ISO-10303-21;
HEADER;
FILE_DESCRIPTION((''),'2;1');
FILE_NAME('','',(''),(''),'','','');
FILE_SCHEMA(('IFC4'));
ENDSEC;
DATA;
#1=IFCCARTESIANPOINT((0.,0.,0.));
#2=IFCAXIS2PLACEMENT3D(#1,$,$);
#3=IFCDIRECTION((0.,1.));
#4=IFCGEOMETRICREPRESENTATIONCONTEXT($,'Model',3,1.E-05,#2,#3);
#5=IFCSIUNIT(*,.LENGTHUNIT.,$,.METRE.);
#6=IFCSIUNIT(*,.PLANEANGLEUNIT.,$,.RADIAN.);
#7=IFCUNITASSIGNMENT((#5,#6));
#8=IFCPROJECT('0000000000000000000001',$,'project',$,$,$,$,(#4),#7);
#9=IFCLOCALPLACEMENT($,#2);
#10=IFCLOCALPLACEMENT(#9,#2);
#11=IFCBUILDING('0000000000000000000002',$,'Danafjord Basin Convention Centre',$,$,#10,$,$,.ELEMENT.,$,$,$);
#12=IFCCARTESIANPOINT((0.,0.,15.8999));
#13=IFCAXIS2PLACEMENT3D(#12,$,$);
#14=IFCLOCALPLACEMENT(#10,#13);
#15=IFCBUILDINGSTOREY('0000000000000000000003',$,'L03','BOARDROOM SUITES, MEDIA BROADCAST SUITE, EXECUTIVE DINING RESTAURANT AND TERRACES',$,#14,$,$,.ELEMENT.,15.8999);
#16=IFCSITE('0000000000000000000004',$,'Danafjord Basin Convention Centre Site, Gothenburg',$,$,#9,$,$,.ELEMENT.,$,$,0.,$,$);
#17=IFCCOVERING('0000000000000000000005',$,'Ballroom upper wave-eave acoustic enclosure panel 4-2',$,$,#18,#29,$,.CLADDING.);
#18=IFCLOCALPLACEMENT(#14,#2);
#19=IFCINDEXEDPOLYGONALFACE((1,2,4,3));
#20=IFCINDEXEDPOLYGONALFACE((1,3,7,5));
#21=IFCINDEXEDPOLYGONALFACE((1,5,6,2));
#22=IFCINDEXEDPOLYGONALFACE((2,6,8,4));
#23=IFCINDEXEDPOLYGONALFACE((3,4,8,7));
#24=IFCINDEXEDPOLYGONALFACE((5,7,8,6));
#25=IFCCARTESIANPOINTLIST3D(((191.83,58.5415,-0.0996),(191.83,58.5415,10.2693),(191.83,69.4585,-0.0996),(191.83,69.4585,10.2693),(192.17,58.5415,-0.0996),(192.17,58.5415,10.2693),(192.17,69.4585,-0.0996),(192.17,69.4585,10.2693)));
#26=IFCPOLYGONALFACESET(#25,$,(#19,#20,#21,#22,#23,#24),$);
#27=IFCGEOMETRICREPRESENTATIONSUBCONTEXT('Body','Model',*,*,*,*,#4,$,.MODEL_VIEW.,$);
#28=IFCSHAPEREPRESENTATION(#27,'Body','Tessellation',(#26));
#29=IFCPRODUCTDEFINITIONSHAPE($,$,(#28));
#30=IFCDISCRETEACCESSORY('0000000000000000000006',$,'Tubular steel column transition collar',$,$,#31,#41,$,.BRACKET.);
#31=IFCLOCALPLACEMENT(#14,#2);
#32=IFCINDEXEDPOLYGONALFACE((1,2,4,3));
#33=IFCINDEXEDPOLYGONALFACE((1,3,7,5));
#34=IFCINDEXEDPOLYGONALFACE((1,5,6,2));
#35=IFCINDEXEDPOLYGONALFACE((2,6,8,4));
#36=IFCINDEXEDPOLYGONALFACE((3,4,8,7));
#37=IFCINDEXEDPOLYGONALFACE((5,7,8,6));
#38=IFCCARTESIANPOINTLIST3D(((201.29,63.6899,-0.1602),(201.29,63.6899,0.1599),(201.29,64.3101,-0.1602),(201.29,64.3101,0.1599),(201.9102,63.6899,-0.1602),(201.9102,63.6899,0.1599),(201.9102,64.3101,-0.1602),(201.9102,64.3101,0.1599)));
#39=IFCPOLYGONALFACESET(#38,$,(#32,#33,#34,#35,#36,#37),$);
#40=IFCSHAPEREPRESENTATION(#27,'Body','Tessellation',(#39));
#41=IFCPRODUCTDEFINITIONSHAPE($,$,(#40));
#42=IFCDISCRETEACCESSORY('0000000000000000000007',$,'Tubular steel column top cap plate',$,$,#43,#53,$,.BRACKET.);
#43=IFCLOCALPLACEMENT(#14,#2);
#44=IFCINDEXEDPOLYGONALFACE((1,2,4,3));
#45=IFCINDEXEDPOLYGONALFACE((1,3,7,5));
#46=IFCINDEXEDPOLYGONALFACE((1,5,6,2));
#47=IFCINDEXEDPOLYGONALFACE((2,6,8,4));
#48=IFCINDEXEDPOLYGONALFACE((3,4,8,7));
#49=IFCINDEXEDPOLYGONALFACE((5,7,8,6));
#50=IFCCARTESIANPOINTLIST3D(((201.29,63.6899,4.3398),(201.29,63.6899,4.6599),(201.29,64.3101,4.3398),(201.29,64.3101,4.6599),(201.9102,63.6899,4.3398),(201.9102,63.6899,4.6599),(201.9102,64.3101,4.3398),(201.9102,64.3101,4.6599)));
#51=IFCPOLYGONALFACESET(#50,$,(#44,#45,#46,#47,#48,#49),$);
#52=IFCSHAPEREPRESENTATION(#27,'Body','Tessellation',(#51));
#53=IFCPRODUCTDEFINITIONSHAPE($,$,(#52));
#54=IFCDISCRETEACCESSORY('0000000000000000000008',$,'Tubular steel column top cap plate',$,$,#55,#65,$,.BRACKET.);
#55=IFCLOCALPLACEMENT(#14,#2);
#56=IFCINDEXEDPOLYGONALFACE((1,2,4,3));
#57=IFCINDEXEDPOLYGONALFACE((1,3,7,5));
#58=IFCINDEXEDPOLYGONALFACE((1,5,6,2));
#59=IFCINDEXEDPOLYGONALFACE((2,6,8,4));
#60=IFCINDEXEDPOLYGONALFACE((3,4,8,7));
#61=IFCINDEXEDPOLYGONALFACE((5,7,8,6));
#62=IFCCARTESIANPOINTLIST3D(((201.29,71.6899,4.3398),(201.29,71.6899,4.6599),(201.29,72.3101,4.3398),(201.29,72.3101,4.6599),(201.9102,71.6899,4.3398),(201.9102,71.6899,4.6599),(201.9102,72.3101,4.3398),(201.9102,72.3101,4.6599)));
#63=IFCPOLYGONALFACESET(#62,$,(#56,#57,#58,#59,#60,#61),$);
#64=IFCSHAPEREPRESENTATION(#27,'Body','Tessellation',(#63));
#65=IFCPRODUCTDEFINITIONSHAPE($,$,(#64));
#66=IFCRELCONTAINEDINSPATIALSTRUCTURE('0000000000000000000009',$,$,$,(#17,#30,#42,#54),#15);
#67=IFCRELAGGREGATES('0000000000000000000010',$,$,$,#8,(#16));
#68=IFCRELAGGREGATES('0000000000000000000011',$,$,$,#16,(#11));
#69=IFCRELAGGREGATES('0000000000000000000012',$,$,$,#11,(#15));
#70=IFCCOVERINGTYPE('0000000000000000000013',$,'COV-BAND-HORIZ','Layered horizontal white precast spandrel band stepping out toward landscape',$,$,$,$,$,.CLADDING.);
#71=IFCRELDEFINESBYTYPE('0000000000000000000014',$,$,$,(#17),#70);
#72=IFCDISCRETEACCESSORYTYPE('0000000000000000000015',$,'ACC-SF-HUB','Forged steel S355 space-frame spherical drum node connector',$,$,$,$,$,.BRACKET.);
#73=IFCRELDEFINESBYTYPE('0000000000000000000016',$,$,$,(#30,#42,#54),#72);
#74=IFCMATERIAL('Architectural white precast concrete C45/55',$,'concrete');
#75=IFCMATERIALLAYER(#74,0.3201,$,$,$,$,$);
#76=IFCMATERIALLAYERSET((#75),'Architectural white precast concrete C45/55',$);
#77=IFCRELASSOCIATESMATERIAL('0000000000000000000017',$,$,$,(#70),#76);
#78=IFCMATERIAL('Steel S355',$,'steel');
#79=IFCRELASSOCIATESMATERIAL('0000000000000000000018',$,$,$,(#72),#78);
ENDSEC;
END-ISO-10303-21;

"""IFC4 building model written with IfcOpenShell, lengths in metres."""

from ifc_helpers import new_model, si_unit, direction, frame, origin, origin_2d, place, context, subcontext, project, spatial, rectangle, extrude, material, layer, layer_set, type_object, element, save


model = new_model("IFC4")

# Units and contexts
model_context = context("Model", 3, precision=1e-05, world=origin(), true_north=direction((0.0, 1.0)))
body_context = subcontext(model_context, "Body", "Model", "MODEL_VIEW")
ifc_project = project(units=[si_unit("LENGTHUNIT", "METRE"), si_unit("PLANEANGLEUNIT", "RADIAN")], contexts=[model_context])

# Site, building, storey
site_placement = place(None, origin())
site = spatial("IfcSite", under=ifc_project, at=site_placement, Name="Danafjord Basin Convention Centre Site, Gothenburg", CompositionType="ELEMENT", RefElevation=0.0)
building_placement = place(site_placement, origin())
building = spatial("IfcBuilding", under=site, at=building_placement, Name="Danafjord Basin Convention Centre", CompositionType="ELEMENT")
storey_placement = place(building_placement, frame((0.0, 0.0, 15.8999)))
storey = spatial("IfcBuildingStorey", under=building, at=storey_placement, Name="L03", Description="BOARDROOM SUITES, MEDIA BROADCAST SUITE, EXECUTIVE DINING RESTAURANT AND TERRACES", CompositionType="ELEMENT", Elevation=15.8999)

# Shared definitions
ifc_material_1 = material(Name="Steel S355", Category="steel")

# Covering
ifc_material_2 = material(Name="Architectural white precast concrete C45/55", Category="concrete")
ifc_layer_1 = layer(ifc_material_2, 0.3201)
ifc_layer_set_1 = layer_set([ifc_layer_1], Name="Architectural white precast concrete C45/55")
covering_type = type_object("IfcCoveringType", Name="COV-BAND-HORIZ", Description="Layered horizontal white precast spandrel band stepping out toward landscape", PredefinedType="CLADDING", material=ifc_layer_set_1)
covering_placement = place(storey_placement, frame((192.0, 64.0, -0.0996), z_axis=(0.0, 0.0, 1.0), x_axis=(0.0, 1.0, 0.0)))
element("IfcCovering", 1, at=covering_placement, inside=storey, type_object=covering_type, Name="Ballroom upper wave-eave acoustic enclosure panel 4-2", PredefinedType="CLADDING", context=body_context, shape_type="SweptSolid", body=[
    extrude(rectangle(XDim=10.917, YDim=0.3401, at=origin_2d()), origin(), (0.0, 0.0, 1.0), 10.3689),
])

# Discrete accessories
discrete_accessory_type = type_object("IfcDiscreteAccessoryType", Name="ACC-SF-HUB", Description="Forged steel S355 space-frame spherical drum node connector", PredefinedType="BRACKET", material=ifc_material_1)
for number, where, z_axis, x_axis, name in (
    (2, (201.6001, 64.0, -0.1602), (0.0, 0.0, 1.0), (1.0, 0.0, 0.0), "Tubular steel column transition collar"),
    (3, (201.6001, 64.0, 4.3398), (0.0, 0.0, 1.0), (1.0, 0.0, 0.0), "Tubular steel column top cap plate"),
    (4, (201.6001, 72.0, 4.3398), (0.0, 0.0, 1.0), (1.0, 0.0, 0.0), "Tubular steel column top cap plate"),
):
    element("IfcDiscreteAccessory", number, at=place(storey_placement, frame(where, z_axis=z_axis, x_axis=x_axis)), inside=storey, type_object=discrete_accessory_type, Name=name, PredefinedType="BRACKET", context=body_context, shape_type="SweptSolid", body=[
        extrude(rectangle(XDim=0.6201, YDim=0.6201, at=origin_2d()), origin(), (0.0, 0.0, 1.0), 0.3201),
    ])

save(model, "model.ifc")
